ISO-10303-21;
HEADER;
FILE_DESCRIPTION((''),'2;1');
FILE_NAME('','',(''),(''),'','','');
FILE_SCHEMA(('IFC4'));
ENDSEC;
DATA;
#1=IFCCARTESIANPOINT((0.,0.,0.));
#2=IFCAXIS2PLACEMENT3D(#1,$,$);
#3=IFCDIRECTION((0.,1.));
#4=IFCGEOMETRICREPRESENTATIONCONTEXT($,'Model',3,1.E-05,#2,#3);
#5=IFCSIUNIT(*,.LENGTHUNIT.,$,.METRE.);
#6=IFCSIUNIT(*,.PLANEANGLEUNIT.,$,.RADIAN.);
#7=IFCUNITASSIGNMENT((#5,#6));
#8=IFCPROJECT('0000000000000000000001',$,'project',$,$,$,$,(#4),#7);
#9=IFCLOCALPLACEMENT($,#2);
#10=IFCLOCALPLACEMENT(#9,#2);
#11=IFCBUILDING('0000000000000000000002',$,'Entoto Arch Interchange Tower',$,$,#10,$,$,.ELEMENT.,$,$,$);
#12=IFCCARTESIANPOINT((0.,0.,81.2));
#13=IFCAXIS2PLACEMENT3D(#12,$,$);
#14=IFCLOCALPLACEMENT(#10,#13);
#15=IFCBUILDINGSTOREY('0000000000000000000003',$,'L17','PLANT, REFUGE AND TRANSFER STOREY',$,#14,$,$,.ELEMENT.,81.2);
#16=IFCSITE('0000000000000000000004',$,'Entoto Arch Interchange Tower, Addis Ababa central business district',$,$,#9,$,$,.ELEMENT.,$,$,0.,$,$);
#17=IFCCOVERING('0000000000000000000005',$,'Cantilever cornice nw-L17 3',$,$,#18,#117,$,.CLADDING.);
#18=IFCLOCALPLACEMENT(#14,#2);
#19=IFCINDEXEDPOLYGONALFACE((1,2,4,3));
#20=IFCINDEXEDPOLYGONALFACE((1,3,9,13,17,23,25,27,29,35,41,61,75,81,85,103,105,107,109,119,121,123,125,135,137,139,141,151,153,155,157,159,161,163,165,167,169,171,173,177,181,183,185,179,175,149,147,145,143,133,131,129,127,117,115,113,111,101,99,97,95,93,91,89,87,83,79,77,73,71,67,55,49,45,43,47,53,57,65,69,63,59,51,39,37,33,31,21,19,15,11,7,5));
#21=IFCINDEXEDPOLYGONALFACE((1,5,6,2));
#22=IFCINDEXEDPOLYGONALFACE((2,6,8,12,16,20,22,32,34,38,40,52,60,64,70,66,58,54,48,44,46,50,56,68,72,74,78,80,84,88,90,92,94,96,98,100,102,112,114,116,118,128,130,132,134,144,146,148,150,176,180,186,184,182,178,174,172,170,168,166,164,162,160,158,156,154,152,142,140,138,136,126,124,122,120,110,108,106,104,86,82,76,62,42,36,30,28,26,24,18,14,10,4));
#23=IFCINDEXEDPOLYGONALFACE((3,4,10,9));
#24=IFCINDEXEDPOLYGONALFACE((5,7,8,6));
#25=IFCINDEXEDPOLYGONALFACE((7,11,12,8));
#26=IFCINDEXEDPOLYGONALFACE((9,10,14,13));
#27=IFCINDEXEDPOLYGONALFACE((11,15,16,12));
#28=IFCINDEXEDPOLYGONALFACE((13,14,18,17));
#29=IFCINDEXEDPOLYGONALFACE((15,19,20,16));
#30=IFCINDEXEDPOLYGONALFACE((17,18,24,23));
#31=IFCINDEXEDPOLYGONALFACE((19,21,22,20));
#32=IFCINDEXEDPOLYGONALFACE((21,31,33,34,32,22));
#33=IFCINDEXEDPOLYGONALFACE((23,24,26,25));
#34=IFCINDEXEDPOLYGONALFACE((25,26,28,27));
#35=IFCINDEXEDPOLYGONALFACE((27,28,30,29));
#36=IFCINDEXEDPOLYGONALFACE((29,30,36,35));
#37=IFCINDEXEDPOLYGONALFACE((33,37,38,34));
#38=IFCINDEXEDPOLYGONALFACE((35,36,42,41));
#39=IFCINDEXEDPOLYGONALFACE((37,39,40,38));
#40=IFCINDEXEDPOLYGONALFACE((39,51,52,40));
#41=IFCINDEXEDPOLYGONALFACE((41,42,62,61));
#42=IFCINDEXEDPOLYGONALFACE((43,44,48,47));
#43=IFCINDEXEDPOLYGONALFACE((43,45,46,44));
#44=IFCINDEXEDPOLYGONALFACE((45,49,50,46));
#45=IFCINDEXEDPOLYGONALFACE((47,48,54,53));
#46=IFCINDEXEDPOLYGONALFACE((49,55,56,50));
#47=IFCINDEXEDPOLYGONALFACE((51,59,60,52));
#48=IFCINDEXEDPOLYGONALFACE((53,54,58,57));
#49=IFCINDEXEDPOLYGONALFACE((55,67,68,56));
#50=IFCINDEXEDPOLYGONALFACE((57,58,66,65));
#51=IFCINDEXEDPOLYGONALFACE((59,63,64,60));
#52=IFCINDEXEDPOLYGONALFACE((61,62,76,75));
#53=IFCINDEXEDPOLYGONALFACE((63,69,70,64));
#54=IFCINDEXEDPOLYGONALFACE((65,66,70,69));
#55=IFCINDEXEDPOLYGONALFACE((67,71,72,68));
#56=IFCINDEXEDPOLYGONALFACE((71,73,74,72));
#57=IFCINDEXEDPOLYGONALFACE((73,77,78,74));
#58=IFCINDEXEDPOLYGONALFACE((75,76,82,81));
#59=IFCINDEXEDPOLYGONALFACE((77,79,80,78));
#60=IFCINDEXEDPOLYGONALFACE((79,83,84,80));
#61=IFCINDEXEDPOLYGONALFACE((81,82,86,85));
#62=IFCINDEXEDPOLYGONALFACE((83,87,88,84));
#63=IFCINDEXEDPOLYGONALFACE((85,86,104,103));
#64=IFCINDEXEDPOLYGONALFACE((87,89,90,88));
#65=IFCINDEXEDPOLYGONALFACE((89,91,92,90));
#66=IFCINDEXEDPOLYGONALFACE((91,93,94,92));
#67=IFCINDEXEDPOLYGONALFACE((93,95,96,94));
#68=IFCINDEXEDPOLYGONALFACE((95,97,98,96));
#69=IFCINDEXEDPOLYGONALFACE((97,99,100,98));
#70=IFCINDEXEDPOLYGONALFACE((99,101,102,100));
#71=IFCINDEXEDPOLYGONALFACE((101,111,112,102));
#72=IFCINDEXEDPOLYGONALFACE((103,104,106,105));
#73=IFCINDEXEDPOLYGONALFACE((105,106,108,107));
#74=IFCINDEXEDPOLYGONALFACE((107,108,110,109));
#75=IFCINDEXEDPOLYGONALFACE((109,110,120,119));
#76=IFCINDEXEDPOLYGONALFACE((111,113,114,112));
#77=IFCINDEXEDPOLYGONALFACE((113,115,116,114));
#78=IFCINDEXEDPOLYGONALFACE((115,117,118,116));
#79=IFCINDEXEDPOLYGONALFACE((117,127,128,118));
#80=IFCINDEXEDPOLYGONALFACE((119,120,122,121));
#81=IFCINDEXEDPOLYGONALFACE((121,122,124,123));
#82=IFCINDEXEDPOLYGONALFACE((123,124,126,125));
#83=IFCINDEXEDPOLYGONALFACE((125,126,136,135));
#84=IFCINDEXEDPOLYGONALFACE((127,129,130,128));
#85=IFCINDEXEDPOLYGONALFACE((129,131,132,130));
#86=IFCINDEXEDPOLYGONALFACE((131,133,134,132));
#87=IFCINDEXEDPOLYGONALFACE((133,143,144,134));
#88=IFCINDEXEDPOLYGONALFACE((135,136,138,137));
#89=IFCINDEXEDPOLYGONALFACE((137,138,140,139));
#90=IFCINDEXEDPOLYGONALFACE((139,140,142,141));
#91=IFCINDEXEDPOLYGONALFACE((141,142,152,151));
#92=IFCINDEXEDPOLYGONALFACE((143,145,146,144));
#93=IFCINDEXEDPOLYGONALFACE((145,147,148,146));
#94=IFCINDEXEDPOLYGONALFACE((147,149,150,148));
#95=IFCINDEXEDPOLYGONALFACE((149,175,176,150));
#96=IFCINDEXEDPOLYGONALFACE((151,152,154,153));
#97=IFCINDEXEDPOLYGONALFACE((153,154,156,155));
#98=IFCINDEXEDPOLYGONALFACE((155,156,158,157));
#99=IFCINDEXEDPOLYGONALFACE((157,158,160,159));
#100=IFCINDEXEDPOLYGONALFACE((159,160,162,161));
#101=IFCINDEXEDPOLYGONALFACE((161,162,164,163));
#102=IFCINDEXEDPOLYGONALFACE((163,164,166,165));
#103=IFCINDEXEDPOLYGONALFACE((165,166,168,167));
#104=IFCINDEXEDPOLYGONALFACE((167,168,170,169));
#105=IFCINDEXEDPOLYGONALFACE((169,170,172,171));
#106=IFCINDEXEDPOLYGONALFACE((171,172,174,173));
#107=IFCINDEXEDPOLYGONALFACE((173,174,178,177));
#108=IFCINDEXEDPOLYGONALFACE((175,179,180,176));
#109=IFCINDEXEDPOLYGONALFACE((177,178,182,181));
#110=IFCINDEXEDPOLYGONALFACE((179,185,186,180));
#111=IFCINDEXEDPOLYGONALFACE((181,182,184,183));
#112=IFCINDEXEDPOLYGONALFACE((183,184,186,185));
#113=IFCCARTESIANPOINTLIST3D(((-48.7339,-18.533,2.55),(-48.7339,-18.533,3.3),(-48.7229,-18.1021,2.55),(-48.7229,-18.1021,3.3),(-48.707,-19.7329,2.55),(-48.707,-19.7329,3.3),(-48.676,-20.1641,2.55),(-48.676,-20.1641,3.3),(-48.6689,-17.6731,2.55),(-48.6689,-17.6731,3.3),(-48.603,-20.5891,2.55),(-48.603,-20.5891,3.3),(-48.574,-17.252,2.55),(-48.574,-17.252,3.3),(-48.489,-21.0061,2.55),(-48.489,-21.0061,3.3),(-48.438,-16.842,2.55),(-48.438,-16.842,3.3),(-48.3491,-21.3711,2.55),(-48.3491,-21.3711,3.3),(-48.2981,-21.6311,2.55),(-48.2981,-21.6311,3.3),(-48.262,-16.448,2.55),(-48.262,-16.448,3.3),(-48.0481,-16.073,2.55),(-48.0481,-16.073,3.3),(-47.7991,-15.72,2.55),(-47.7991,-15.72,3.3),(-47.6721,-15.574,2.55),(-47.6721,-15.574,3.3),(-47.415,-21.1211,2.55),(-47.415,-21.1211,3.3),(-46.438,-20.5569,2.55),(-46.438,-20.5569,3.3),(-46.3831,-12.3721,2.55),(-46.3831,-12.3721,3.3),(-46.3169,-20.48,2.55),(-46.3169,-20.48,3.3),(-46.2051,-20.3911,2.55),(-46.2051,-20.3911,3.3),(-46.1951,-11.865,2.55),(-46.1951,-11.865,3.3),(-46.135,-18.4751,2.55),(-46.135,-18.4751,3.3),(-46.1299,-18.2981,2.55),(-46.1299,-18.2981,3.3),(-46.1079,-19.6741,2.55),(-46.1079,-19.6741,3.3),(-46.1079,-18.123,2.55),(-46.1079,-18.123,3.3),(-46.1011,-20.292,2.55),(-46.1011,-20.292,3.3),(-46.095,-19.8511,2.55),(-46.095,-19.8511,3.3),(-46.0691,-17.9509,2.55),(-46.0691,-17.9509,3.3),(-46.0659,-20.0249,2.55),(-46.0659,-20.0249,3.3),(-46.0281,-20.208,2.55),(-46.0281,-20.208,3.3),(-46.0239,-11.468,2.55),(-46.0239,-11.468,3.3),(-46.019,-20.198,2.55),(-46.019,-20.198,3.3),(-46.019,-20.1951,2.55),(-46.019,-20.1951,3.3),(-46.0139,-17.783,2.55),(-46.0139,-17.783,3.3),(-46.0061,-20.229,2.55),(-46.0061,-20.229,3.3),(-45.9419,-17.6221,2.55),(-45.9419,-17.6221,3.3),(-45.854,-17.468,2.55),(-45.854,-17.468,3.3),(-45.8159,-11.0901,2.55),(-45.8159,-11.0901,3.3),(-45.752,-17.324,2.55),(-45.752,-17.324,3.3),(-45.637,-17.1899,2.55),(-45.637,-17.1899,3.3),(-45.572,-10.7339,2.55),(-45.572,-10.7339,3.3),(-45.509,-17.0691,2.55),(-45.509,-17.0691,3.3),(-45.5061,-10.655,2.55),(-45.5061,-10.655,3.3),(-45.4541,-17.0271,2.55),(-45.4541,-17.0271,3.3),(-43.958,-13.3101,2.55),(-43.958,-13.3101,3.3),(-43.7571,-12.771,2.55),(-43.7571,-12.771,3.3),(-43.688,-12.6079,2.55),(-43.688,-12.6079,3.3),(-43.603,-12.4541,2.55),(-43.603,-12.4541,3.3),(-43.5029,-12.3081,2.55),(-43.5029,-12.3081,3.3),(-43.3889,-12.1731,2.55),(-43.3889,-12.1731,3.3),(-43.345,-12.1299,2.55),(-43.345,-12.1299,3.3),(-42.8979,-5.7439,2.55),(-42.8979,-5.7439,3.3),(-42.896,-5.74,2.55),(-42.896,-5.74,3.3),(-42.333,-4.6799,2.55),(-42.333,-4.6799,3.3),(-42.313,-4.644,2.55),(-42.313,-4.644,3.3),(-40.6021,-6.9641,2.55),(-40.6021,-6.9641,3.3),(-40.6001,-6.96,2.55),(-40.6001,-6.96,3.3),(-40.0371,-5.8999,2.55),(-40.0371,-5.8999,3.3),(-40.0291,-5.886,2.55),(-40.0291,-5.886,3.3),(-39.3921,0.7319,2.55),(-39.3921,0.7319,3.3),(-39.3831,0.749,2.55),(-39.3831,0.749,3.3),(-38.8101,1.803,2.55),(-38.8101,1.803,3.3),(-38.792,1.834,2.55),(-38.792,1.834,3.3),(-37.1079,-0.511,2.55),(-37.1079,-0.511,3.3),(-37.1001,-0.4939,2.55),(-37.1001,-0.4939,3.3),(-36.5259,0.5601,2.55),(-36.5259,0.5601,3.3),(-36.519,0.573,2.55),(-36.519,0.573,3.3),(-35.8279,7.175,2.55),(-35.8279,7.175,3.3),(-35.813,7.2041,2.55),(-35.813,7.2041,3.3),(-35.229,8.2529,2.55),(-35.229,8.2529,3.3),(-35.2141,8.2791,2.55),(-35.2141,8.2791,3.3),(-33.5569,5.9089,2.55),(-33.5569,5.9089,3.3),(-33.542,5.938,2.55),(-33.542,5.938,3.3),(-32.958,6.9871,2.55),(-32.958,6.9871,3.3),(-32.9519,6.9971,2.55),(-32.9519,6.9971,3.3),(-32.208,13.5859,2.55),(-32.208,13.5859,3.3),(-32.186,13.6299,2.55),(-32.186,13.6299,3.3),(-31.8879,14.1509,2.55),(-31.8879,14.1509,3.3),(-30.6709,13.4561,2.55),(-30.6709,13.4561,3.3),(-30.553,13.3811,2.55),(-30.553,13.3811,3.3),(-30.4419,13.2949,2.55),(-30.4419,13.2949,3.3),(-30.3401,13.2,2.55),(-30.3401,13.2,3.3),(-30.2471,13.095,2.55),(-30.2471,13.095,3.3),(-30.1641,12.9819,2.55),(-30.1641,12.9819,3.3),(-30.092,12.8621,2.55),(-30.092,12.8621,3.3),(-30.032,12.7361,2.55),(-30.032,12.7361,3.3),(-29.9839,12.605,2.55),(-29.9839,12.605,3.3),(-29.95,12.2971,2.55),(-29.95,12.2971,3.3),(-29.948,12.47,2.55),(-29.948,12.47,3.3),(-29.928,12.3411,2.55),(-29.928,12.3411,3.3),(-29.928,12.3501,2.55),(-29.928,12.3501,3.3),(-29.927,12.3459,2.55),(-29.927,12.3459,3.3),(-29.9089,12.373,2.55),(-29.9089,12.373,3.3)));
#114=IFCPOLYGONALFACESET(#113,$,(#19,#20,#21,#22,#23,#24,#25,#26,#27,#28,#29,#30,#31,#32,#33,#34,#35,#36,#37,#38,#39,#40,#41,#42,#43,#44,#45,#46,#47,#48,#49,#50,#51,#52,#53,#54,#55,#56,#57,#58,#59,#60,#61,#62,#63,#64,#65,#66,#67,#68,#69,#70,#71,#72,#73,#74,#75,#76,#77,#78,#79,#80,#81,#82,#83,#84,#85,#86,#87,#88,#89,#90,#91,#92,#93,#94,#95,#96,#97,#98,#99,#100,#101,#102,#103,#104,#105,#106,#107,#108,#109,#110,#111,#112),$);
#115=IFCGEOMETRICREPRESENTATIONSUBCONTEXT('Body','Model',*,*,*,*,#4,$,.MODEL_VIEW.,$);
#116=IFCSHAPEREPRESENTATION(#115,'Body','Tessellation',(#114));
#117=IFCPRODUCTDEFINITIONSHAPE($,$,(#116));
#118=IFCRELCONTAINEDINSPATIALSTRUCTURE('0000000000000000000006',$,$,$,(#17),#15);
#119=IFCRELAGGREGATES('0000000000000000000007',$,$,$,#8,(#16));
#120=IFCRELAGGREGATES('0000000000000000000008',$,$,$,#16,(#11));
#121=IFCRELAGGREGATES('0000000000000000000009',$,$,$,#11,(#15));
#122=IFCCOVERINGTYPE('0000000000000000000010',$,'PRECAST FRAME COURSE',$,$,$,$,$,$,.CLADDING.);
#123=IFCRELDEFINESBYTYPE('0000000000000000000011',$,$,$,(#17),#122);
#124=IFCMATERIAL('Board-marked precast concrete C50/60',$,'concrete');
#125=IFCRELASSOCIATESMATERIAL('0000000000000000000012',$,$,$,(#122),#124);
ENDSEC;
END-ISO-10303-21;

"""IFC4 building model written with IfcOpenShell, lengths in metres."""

from ifc_helpers import new_model, si_unit, direction, frame, origin, place, context, subcontext, project, spatial, polyline, outline, extrude, material, type_object, element, save


model = new_model("IFC4")

# Units and contexts
model_context = context("Model", 3, precision=1e-05, world=origin(), true_north=direction((0.0, 1.0)))
body_context = subcontext(model_context, "Body", "Model", "MODEL_VIEW")
ifc_project = project(units=[si_unit("LENGTHUNIT", "METRE"), si_unit("PLANEANGLEUNIT", "RADIAN")], contexts=[model_context])

# Site, building, storey
site_placement = place(None, origin())
site = spatial("IfcSite", under=ifc_project, at=site_placement, Name="Entoto Arch Interchange Tower, Addis Ababa central business district", CompositionType="ELEMENT", RefElevation=0.0)
building_placement = place(site_placement, origin())
building = spatial("IfcBuilding", under=site, at=building_placement, Name="Entoto Arch Interchange Tower", CompositionType="ELEMENT")
storey_placement = place(building_placement, frame((0.0, 0.0, 81.2)))
storey = spatial("IfcBuildingStorey", under=building, at=storey_placement, Name="L17", Description="PLANT, REFUGE AND TRANSFER STOREY", CompositionType="ELEMENT", Elevation=81.2)

# Covering
ifc_material_1 = material(Name="Board-marked precast concrete C50/60", Category="concrete")
covering_type = type_object("IfcCoveringType", Name="PRECAST FRAME COURSE", PredefinedType="CLADDING", material=ifc_material_1)
covering_1_placement = place(storey_placement, frame((0.0, 0.0, 2.55)))
element("IfcCovering", 1, at=covering_1_placement, inside=storey, type_object=covering_type, Name="Cantilever cornice nw-L17 3", PredefinedType="CLADDING", context=body_context, shape_type="SweptSolid", body=[
    extrude(outline(polyline([(-46.1011, -20.292), (-46.2051, -20.3911), (-46.3169, -20.48), (-46.438, -20.5569), (-47.415, -21.1211), (-48.2981, -21.6311), (-48.3491, -21.3711), (-48.489, -21.0061), (-48.603, -20.5891), (-48.676, -20.1641), (-48.707, -19.7329), (-48.7339, -18.533), (-48.7229, -18.1021), (-48.6689, -17.6731), (-48.574, -17.252), (-48.438, -16.842), (-48.262, -16.448), (-48.0481, -16.073), (-47.7991, -15.72), (-47.6721, -15.574), (-46.3831, -12.3721), (-46.1951, -11.865), (-46.0239, -11.468), (-45.8159, -11.0901), (-45.572, -10.7339), (-45.5061, -10.655), (-42.8979, -5.7439), (-42.896, -5.74), (-42.333, -4.6799), (-42.313, -4.644), (-39.3921, 0.7319), (-39.3831, 0.749), (-38.8101, 1.803), (-38.792, 1.834), (-35.8279, 7.175), (-35.813, 7.2041), (-35.229, 8.2529), (-35.2141, 8.2791), (-32.208, 13.5859), (-32.186, 13.6299), (-31.8879, 14.1509), (-30.6709, 13.4561), (-30.553, 13.3811), (-30.4419, 13.2949), (-30.3401, 13.2), (-30.2471, 13.095), (-30.1641, 12.9819), (-30.092, 12.8621), (-30.032, 12.7361), (-29.9839, 12.605), (-29.948, 12.47), (-29.928, 12.3501), (-29.927, 12.3459), (-29.9089, 12.373), (-29.928, 12.3411), (-29.95, 12.2971), (-32.9519, 6.9971), (-32.958, 6.9871), (-33.542, 5.938), (-33.5569, 5.9089), (-36.519, 0.573), (-36.5259, 0.5601), (-37.1001, -0.4939), (-37.1079, -0.511), (-40.0291, -5.886), (-40.0371, -5.8999), (-40.6001, -6.96), (-40.6021, -6.9641), (-43.345, -12.1299), (-43.3889, -12.1731), (-43.5029, -12.3081), (-43.603, -12.4541), (-43.688, -12.6079), (-43.7571, -12.771), (-43.958, -13.3101), (-45.4541, -17.0271), (-45.509, -17.0691), (-45.637, -17.1899), (-45.752, -17.324), (-45.854, -17.468), (-45.9419, -17.6221), (-46.0139, -17.783), (-46.0691, -17.9509), (-46.1079, -18.123), (-46.1299, -18.2981), (-46.135, -18.4751), (-46.1079, -19.6741), (-46.095, -19.8511), (-46.0659, -20.0249), (-46.019, -20.1951), (-46.0061, -20.229), (-46.019, -20.198), (-46.0281, -20.208), (-46.1011, -20.292)])), origin(), (0.0, 0.0, 1.0), 0.75),
])

save(model, "model.ifc")
